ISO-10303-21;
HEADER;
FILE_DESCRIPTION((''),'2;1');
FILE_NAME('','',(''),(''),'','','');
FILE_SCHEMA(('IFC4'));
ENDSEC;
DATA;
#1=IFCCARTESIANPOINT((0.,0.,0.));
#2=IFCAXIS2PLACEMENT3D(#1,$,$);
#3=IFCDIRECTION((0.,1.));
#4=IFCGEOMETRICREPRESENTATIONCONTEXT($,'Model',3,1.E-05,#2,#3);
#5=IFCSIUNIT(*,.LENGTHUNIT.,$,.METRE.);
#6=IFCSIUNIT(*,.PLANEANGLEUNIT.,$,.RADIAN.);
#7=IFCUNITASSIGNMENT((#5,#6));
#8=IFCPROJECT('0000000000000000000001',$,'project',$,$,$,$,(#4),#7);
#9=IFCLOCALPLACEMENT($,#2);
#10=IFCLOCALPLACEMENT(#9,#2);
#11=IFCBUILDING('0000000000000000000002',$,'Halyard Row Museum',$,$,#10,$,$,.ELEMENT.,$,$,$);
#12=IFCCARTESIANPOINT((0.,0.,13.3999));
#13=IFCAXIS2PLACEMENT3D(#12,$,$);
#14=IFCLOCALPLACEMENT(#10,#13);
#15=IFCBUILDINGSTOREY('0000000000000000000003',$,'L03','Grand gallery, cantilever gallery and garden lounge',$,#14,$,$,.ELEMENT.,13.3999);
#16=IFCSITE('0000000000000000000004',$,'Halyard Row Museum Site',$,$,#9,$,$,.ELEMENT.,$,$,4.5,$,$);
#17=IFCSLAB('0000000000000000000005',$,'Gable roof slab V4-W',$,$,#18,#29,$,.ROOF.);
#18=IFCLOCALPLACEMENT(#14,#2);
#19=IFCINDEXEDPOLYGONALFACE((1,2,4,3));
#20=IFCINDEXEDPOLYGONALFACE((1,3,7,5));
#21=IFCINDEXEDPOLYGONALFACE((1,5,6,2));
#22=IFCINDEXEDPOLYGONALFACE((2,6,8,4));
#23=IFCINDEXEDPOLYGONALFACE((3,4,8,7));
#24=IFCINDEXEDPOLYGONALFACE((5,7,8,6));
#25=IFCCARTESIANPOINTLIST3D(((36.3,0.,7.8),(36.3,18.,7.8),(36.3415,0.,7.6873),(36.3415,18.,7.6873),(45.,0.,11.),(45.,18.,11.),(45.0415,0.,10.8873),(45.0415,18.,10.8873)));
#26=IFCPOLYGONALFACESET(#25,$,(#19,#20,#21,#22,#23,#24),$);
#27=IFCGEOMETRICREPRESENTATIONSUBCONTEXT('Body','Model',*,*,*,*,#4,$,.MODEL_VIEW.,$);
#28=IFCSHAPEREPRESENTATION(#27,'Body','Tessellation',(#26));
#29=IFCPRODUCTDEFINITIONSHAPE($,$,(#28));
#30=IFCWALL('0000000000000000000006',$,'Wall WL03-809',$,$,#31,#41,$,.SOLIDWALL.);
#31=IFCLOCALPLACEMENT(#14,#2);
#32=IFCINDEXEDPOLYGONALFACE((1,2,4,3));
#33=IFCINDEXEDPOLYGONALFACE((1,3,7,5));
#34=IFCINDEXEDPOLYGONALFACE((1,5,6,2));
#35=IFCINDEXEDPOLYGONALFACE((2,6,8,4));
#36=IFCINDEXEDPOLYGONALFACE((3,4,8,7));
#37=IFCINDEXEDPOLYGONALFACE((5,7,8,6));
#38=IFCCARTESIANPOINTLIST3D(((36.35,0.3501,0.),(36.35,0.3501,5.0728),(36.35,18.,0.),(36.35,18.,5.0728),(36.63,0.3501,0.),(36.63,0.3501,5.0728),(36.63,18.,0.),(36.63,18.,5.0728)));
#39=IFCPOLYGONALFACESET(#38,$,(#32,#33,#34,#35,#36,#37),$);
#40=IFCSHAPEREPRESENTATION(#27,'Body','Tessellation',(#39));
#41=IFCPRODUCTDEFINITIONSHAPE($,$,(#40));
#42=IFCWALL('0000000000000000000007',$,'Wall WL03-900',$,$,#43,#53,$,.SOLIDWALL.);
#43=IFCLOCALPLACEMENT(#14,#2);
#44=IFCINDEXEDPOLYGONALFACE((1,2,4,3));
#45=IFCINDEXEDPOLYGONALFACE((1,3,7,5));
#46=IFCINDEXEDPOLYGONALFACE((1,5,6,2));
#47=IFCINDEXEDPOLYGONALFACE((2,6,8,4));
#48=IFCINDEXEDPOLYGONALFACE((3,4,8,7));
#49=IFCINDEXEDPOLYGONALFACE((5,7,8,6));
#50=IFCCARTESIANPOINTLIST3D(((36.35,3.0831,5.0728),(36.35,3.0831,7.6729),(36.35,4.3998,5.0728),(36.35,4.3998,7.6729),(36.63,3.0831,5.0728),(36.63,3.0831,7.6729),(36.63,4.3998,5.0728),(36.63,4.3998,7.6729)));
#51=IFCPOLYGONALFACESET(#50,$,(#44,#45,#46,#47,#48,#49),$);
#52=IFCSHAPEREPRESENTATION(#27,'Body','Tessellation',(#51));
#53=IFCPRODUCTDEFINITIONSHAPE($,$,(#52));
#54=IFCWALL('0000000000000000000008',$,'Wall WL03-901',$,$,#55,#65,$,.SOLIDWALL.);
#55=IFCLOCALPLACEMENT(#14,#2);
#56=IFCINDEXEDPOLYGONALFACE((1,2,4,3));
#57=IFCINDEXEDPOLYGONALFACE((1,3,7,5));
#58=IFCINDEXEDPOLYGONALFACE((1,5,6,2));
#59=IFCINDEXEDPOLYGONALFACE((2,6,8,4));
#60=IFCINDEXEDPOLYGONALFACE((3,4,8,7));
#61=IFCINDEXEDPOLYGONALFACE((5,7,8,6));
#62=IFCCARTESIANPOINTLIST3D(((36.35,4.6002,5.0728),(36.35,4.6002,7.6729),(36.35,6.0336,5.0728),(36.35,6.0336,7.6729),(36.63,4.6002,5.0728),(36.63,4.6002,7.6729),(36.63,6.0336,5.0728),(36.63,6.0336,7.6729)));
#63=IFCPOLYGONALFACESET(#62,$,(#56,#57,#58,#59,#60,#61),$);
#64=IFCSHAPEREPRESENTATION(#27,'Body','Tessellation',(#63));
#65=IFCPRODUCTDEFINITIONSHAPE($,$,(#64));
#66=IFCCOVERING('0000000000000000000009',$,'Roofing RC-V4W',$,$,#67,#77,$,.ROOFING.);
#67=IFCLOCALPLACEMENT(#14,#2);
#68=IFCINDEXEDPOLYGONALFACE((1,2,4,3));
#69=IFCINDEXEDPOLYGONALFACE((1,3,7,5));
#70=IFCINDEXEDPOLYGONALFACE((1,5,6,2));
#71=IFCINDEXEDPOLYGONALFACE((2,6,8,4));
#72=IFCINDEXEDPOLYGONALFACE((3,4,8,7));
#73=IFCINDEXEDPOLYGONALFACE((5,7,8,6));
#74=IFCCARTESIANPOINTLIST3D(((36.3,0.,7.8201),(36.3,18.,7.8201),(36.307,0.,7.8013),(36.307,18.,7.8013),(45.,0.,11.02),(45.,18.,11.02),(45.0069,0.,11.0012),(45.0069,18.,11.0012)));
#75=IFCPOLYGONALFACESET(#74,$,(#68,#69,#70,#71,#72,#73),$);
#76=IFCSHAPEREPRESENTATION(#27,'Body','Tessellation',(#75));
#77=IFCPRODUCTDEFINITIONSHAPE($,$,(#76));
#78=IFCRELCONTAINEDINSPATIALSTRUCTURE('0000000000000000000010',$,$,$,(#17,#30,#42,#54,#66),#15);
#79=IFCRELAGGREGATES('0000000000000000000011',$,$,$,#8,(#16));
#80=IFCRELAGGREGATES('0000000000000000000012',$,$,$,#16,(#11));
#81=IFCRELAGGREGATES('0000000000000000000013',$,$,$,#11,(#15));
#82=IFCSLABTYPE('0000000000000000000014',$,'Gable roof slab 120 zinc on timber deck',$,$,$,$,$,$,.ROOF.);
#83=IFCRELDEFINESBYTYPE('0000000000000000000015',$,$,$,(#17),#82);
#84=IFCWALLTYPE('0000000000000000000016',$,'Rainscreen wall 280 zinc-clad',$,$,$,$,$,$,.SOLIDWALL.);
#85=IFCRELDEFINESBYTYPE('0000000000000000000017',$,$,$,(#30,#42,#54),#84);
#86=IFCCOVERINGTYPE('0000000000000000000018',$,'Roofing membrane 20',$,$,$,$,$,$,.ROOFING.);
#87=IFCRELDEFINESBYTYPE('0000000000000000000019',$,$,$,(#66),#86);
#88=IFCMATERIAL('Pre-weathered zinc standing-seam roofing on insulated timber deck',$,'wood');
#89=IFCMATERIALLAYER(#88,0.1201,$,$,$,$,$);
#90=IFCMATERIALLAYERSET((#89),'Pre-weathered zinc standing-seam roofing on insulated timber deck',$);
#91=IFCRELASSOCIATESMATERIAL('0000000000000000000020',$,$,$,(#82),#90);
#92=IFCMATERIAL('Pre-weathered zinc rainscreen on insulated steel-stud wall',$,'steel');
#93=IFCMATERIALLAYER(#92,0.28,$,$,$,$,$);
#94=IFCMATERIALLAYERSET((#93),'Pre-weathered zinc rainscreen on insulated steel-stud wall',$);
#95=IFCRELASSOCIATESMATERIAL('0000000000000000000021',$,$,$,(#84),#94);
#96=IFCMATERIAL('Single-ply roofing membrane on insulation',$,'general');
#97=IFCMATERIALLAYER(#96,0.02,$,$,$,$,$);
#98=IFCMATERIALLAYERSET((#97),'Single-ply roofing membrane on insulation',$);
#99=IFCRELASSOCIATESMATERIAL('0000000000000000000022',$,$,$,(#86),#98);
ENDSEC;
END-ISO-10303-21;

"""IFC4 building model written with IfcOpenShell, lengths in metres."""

from ifc_helpers import new_model, si_unit, direction, frame, frame_2d, origin, place, context, subcontext, project, spatial, polyline, rectangle, outline, extrude, material, layer, layer_set, type_object, element, save


model = new_model("IFC4")

# Units and contexts
model_context = context("Model", 3, precision=1e-05, world=origin(), true_north=direction((0.0, 1.0)))
body_context = subcontext(model_context, "Body", "Model", "MODEL_VIEW")
ifc_project = project(units=[si_unit("LENGTHUNIT", "METRE"), si_unit("PLANEANGLEUNIT", "RADIAN")], contexts=[model_context])

# Site, building, storey
site_placement = place(None, origin())
site = spatial("IfcSite", under=ifc_project, at=site_placement, Name="Halyard Row Museum Site", CompositionType="ELEMENT", RefElevation=4.5)
building_placement = place(site_placement, origin())
building = spatial("IfcBuilding", under=site, at=building_placement, Name="Halyard Row Museum", CompositionType="ELEMENT")
storey_placement = place(building_placement, frame((0.0, 0.0, 13.3999)))
storey = spatial("IfcBuildingStorey", under=building, at=storey_placement, Name="L03", Description="Grand gallery, cantilever gallery and garden lounge", CompositionType="ELEMENT", Elevation=13.3999)

# Slab
ifc_material_1 = material(Name="Pre-weathered zinc standing-seam roofing on insulated timber deck", Category="wood")
ifc_layer_1 = layer(ifc_material_1, 0.1201)
ifc_layer_set_1 = layer_set([ifc_layer_1], Name="Pre-weathered zinc standing-seam roofing on insulated timber deck")
slab_type = type_object("IfcSlabType", Name="Gable roof slab 120 zinc on timber deck", PredefinedType="ROOF", material=ifc_layer_set_1)
slab_placement = place(storey_placement, frame((36.3, 0.0, 7.8), z_axis=(-0.345202, 0.0, 0.938528), x_axis=(0.938528, 0.0, 0.345202)))
element("IfcSlab", 1, at=slab_placement, inside=storey, type_object=slab_type, Name="Gable roof slab V4-W", PredefinedType="ROOF", context=body_context, shape_type="SweptSolid", body=[
    extrude(outline(polyline([(0.0, 0.0), (9.2698, 0.0), (9.2698, 18.0), (0.0, 18.0), (0.0, 0.0)])), origin(), (0.0, 0.0, -1.0), 0.1201),
])

# Walls
ifc_material_2 = material(Name="Pre-weathered zinc rainscreen on insulated steel-stud wall", Category="steel")
ifc_layer_2 = layer(ifc_material_2, 0.28)
ifc_layer_set_2 = layer_set([ifc_layer_2], Name="Pre-weathered zinc rainscreen on insulated steel-stud wall")
wall_type = type_object("IfcWallType", Name="Rainscreen wall 280 zinc-clad", PredefinedType="SOLIDWALL", material=ifc_layer_set_2)
wall_1_placement = place(storey_placement, frame((36.49, 0.3501, 0.0), z_axis=(0.0, 0.0, 1.0), x_axis=(0.0, 1.0, 0.0)))
element("IfcWall", 2, at=wall_1_placement, inside=storey, type_object=wall_type, Name="Wall WL03-809", PredefinedType="SOLIDWALL", context=body_context, shape_type="SweptSolid", body=[
    extrude(rectangle(XDim=17.6499, YDim=0.28, at=frame_2d((8.825, 0.0))), origin(), (0.0, 0.0, 1.0), 5.0728),
])
wall_2_placement = place(storey_placement, frame((36.49, 3.0833, 5.0728), z_axis=(0.0, 0.0, 1.0), x_axis=(0.0, 1.0, 0.0)))
element("IfcWall", 3, at=wall_2_placement, inside=storey, type_object=wall_type, Name="Wall WL03-900", PredefinedType="SOLIDWALL", context=body_context, shape_type="SweptSolid", body=[
    extrude(rectangle(XDim=1.3167, YDim=0.28, at=frame_2d((0.6582, 0.0))), origin(), (0.0, 0.0, 1.0), 2.6001),
])
wall_3_placement = place(storey_placement, frame((36.49, 4.6001, 5.0728), z_axis=(0.0, 0.0, 1.0), x_axis=(0.0, 1.0, 0.0)))
element("IfcWall", 4, at=wall_3_placement, inside=storey, type_object=wall_type, Name="Wall WL03-901", PredefinedType="SOLIDWALL", context=body_context, shape_type="SweptSolid", body=[
    extrude(rectangle(XDim=1.4333, YDim=0.28, at=frame_2d((0.7168, 0.0))), origin(), (0.0, 0.0, 1.0), 2.6001),
])

# Covering
ifc_material_3 = material(Name="Single-ply roofing membrane on insulation", Category="general")
ifc_layer_3 = layer(ifc_material_3, 0.02)
ifc_layer_set_3 = layer_set([ifc_layer_3], Name="Single-ply roofing membrane on insulation")
covering_type = type_object("IfcCoveringType", Name="Roofing membrane 20", PredefinedType="ROOFING", material=ifc_layer_set_3)
covering_placement = place(storey_placement, frame((36.3, 0.0, 7.8201), z_axis=(-0.345202, 0.0, 0.938528), x_axis=(0.938528, 0.0, 0.345202)))
element("IfcCovering", 5, at=covering_placement, inside=storey, type_object=covering_type, Name="Roofing RC-V4W", PredefinedType="ROOFING", context=body_context, shape_type="SweptSolid", body=[
    extrude(outline(polyline([(0.0, 0.0), (9.2698, 0.0), (9.2698, 18.0), (0.0, 18.0), (0.0, 0.0)])), origin(), (0.0, 0.0, -1.0), 0.02),
])

save(model, "model.ifc")
